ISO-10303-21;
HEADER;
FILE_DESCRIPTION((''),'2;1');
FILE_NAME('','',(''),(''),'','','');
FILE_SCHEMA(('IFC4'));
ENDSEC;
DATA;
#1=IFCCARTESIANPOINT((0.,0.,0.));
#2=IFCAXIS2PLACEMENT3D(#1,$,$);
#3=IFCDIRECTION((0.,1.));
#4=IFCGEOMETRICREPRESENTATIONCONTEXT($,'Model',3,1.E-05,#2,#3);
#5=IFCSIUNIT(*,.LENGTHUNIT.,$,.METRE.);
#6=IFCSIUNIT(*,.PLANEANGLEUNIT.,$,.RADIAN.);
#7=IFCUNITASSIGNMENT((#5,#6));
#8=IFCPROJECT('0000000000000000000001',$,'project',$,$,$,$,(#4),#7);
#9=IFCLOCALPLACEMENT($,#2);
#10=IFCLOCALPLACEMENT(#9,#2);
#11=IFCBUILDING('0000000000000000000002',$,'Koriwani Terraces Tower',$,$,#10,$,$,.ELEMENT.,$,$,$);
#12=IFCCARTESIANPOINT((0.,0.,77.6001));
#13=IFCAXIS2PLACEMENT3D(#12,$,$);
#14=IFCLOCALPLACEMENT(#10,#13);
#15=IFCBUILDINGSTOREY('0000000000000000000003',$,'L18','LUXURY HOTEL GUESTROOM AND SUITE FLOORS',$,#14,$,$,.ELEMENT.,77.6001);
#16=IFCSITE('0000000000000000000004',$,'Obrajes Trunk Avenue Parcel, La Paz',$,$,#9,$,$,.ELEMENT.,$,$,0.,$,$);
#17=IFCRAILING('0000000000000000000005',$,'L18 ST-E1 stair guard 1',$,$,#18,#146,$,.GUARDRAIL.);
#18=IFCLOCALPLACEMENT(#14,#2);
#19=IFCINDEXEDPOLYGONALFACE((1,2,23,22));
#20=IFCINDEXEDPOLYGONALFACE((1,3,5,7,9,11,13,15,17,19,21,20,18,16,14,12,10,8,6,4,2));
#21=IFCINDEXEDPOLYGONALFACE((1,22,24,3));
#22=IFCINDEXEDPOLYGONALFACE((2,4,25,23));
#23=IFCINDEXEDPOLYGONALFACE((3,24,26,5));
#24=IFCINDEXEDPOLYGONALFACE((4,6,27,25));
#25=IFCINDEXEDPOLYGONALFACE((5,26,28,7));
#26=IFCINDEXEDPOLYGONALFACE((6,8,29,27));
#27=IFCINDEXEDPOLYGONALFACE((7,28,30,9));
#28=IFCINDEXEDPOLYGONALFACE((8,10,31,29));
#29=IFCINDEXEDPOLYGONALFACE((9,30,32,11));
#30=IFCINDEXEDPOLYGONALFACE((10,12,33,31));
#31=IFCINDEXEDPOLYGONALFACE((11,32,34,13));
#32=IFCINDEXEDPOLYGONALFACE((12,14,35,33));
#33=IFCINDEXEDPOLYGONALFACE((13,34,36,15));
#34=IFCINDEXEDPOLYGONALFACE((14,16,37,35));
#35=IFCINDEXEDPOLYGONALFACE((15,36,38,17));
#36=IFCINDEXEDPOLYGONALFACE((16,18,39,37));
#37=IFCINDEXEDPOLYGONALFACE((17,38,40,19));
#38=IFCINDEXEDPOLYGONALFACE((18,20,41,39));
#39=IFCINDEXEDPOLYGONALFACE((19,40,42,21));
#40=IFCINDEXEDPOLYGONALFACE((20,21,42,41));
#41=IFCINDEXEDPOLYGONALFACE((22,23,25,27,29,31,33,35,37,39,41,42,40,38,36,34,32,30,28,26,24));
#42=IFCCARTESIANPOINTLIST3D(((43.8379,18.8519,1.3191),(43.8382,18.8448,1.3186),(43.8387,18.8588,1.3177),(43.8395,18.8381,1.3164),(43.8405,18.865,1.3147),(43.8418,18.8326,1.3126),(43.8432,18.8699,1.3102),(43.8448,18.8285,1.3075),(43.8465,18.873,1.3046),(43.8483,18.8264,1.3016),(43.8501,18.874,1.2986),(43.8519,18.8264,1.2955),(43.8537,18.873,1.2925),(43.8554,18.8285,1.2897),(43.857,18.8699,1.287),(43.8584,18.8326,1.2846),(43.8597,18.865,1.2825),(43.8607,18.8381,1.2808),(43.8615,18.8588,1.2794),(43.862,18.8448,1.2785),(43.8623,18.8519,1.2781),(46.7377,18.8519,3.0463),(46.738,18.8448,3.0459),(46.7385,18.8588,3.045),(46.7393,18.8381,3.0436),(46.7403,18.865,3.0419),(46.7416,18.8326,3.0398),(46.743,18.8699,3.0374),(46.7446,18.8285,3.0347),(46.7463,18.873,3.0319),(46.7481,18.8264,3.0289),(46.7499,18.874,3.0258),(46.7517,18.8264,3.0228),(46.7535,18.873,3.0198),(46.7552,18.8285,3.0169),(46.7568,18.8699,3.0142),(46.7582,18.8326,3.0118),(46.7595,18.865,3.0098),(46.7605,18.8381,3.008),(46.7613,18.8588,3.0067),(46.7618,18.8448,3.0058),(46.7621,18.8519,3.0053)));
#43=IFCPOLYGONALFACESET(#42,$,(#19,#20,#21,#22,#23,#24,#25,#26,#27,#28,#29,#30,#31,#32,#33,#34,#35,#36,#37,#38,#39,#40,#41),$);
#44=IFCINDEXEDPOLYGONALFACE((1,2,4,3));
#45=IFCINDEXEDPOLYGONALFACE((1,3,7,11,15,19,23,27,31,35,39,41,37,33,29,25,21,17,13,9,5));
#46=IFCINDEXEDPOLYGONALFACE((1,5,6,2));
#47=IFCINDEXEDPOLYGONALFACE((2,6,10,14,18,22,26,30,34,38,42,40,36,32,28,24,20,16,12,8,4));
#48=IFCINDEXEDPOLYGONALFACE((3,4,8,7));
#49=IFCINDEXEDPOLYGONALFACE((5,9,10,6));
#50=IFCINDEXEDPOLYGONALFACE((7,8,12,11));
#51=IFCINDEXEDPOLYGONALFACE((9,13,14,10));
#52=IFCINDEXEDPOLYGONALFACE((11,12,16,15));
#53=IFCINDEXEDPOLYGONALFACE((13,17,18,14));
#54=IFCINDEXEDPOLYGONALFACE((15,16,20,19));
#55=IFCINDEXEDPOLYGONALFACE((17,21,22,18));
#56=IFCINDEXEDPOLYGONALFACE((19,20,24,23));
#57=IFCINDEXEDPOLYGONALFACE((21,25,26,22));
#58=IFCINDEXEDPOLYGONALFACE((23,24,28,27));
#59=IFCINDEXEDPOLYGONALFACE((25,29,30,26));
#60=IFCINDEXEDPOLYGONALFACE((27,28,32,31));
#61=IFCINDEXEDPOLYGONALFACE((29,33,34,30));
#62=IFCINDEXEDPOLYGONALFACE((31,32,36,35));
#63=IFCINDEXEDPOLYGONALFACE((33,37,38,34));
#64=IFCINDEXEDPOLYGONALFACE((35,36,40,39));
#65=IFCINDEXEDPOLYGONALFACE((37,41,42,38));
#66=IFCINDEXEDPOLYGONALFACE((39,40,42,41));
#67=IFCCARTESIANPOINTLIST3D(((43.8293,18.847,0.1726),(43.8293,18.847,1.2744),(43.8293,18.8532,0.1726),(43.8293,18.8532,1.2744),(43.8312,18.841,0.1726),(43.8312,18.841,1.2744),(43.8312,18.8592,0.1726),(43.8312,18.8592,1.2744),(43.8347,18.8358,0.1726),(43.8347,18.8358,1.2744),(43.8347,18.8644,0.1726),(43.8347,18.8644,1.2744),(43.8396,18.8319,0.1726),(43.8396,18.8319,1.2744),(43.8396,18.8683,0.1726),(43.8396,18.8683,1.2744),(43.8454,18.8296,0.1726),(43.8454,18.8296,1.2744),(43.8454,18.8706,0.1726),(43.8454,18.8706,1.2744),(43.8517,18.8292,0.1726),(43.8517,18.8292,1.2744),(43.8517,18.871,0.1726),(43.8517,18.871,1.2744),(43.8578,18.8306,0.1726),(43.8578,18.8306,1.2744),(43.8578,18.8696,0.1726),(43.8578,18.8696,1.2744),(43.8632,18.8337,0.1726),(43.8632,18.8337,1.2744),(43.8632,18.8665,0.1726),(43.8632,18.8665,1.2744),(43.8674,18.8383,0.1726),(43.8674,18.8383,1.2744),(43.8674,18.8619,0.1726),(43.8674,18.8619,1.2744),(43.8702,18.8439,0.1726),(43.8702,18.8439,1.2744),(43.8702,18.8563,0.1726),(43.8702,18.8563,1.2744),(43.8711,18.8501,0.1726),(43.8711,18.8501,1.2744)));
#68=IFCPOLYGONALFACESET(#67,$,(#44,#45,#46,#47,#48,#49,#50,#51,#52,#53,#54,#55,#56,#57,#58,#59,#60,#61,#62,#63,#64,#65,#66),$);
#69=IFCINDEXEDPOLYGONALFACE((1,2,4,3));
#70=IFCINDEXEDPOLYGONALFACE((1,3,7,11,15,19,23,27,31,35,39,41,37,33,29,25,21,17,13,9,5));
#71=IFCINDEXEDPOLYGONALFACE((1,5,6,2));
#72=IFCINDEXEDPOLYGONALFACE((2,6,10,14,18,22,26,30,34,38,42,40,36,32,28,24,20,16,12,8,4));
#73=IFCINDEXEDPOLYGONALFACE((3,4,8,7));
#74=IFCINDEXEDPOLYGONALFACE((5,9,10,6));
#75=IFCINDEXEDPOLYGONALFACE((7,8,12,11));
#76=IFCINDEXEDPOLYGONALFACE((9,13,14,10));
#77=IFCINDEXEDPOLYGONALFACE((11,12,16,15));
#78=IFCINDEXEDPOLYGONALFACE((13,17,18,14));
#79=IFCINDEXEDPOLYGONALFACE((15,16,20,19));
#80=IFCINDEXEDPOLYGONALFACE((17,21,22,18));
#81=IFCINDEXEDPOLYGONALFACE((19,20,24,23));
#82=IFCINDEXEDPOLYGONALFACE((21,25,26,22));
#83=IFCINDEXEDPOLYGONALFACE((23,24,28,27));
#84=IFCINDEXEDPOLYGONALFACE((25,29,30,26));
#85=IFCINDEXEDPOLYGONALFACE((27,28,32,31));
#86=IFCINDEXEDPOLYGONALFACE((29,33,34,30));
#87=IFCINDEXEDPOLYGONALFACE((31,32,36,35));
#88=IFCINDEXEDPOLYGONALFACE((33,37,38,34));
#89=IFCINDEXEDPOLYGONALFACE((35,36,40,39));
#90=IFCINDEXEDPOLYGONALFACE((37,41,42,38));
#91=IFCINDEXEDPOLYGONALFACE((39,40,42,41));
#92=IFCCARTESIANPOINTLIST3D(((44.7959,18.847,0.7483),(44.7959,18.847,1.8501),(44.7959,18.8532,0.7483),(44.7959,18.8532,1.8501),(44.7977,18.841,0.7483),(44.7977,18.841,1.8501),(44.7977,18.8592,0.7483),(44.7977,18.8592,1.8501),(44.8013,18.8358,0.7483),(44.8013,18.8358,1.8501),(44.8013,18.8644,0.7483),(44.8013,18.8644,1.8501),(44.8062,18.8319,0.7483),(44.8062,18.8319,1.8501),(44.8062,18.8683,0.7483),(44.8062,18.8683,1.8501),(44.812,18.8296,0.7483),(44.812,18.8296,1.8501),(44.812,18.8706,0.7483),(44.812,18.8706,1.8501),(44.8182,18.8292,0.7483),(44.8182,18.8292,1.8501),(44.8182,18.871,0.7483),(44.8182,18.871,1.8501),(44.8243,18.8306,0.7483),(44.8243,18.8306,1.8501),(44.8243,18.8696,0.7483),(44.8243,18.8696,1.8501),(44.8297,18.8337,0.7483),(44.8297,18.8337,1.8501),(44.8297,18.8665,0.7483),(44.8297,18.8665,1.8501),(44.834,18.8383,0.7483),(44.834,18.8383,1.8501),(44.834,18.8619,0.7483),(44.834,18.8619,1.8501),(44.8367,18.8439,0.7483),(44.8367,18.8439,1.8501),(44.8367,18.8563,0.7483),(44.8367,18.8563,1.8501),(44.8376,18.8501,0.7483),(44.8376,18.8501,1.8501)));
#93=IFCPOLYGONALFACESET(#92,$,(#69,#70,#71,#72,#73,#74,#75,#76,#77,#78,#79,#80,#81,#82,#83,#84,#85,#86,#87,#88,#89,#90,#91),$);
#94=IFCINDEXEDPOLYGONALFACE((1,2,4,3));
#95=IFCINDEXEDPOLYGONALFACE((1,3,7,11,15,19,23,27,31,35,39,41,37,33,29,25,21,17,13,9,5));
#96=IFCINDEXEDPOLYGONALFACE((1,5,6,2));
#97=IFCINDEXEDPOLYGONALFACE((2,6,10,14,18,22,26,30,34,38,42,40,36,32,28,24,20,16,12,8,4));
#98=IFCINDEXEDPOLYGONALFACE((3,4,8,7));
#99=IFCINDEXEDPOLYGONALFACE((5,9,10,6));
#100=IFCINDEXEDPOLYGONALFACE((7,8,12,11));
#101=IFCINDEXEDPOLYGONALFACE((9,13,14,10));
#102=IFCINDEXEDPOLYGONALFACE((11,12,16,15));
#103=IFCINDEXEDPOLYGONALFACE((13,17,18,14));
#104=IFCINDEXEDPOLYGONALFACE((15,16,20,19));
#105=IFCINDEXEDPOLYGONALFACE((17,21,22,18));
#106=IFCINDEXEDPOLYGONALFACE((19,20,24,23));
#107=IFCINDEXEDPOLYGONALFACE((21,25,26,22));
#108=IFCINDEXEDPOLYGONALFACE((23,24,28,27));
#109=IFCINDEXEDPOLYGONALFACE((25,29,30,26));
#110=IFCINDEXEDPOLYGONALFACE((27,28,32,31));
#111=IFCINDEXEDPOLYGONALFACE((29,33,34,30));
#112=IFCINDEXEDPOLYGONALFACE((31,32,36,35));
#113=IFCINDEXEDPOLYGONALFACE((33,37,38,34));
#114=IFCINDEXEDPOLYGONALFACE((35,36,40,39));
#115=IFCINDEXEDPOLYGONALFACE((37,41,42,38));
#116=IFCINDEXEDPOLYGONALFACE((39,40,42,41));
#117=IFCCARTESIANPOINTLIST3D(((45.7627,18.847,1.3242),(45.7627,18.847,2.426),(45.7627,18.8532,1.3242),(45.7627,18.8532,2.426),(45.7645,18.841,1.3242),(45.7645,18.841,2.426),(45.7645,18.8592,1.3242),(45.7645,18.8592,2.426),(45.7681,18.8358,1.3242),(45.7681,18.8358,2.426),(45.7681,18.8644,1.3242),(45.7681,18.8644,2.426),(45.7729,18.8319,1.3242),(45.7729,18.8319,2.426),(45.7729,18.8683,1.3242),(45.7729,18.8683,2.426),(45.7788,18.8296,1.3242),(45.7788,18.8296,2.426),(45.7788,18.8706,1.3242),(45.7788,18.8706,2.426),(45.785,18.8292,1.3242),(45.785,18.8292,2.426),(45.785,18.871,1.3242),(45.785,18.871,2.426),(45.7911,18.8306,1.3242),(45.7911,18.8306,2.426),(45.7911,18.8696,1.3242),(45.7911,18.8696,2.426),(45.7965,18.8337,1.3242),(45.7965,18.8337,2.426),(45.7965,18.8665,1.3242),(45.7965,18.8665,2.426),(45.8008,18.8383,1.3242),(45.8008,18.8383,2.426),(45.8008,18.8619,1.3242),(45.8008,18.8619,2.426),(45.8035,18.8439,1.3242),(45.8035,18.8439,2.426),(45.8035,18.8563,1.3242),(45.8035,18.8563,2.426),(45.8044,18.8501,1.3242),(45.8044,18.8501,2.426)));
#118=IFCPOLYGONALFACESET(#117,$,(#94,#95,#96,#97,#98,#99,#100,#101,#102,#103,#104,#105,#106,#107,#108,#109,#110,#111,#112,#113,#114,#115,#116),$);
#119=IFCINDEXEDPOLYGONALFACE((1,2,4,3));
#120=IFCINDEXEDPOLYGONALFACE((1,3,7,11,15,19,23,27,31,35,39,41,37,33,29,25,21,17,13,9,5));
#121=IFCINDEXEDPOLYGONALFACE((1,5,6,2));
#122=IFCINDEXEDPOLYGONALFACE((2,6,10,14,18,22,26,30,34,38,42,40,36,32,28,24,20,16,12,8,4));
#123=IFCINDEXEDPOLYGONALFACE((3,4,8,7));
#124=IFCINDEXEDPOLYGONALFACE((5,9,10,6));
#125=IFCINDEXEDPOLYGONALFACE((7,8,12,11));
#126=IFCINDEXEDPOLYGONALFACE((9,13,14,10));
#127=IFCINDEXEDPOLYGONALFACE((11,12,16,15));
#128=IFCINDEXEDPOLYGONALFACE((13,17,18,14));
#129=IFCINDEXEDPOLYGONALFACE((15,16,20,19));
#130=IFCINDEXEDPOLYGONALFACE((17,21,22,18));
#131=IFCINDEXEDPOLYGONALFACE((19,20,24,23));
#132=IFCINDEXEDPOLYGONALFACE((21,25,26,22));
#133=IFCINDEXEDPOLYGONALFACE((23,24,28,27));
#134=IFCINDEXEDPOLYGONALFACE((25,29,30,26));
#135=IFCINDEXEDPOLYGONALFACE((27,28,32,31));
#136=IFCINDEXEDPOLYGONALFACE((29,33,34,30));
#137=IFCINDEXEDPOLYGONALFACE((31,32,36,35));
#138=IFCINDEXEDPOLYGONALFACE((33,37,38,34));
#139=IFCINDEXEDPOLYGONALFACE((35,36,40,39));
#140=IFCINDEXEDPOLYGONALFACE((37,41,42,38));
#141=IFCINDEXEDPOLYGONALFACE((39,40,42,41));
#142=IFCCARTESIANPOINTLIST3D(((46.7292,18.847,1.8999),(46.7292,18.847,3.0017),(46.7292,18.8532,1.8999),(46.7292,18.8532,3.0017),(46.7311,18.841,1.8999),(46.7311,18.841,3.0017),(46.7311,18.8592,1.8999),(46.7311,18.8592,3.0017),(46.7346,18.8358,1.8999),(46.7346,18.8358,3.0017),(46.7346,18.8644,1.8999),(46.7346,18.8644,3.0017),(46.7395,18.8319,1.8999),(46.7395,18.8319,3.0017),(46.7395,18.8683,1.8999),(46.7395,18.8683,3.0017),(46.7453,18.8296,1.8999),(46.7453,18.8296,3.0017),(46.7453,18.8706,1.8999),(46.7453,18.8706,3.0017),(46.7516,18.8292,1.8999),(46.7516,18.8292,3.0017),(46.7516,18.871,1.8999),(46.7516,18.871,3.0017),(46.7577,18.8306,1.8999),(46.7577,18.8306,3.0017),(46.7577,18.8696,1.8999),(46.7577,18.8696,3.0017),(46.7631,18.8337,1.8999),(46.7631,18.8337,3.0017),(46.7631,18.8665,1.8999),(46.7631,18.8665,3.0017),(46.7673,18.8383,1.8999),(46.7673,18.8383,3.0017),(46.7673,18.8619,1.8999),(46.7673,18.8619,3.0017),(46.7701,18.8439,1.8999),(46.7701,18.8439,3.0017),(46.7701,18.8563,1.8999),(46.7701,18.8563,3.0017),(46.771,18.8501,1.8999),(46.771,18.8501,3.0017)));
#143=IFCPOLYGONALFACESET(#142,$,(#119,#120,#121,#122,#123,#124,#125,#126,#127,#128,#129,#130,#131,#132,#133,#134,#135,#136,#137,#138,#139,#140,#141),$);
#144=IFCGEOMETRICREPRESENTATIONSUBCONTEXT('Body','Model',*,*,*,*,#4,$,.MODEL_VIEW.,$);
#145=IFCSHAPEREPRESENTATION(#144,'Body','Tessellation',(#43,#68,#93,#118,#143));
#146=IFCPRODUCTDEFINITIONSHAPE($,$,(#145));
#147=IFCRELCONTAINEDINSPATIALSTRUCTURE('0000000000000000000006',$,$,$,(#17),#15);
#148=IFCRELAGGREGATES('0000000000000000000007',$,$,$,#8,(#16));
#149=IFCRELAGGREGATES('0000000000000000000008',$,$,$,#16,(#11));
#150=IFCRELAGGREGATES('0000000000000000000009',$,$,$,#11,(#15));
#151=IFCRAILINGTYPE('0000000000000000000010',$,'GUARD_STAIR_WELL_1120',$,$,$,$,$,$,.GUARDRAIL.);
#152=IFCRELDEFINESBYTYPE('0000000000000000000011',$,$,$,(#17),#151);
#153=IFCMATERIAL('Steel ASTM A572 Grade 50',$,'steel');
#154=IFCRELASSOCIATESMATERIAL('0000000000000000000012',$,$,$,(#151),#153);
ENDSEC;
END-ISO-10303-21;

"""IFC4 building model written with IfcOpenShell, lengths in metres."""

from ifc_helpers import new_model, si_unit, direction, frame, origin, origin_2d, place, context, subcontext, project, spatial, circle, extrude, material, type_object, element, save


model = new_model("IFC4")

# Units and contexts
model_context = context("Model", 3, precision=1e-05, world=origin(), true_north=direction((0.0, 1.0)))
body_context = subcontext(model_context, "Body", "Model", "MODEL_VIEW")
ifc_project = project(units=[si_unit("LENGTHUNIT", "METRE"), si_unit("PLANEANGLEUNIT", "RADIAN")], contexts=[model_context])

# Site, building, storey
site_placement = place(None, origin())
site = spatial("IfcSite", under=ifc_project, at=site_placement, Name="Obrajes Trunk Avenue Parcel, La Paz", CompositionType="ELEMENT", RefElevation=0.0)
building_placement = place(site_placement, origin())
building = spatial("IfcBuilding", under=site, at=building_placement, Name="Koriwani Terraces Tower", CompositionType="ELEMENT")
storey_placement = place(building_placement, frame((0.0, 0.0, 77.6001)))
storey = spatial("IfcBuildingStorey", under=building, at=storey_placement, Name="L18", Description="LUXURY HOTEL GUESTROOM AND SUITE FLOORS", CompositionType="ELEMENT", Elevation=77.6001)

# Shared definitions
ifc_material_1 = material(Name="Steel ASTM A572 Grade 50", Category="steel")

# Railing
railing_type_1 = type_object("IfcRailingType", Name="GUARD_STAIR_WELL_1120", PredefinedType="GUARDRAIL", material=ifc_material_1)
railing_1_placement = place(storey_placement, frame((43.8501, 18.8501, 0.1726)))
element("IfcRailing", 1, at=railing_1_placement, inside=storey, type_object=railing_type_1, Name="L18 ST-E1 stair guard 1", PredefinedType="GUARDRAIL", context=body_context, shape_type="SweptSolid", body=[
    extrude(circle(Radius=0.0239, at=origin_2d()), frame((0.0, 0.0, 1.126), z_axis=(0.859141, 0.0, 0.511738), x_axis=(0.0, 1.0, 0.0)), (0.0, 0.0, 1.0), 3.3752),
    extrude(circle(Radius=0.021, at=origin_2d()), origin(), (0.0, 0.0, 1.0), 1.1018),
    extrude(circle(Radius=0.021, at=origin_2d()), frame((0.9666, 0.0, 0.5757)), (0.0, 0.0, 1.0), 1.1018),
    extrude(circle(Radius=0.021, at=origin_2d()), frame((1.9333, 0.0, 1.1516)), (0.0, 0.0, 1.0), 1.1018),
    extrude(circle(Radius=0.021, at=origin_2d()), frame((2.8999, 0.0, 1.7273)), (0.0, 0.0, 1.0), 1.1018),
])

save(model, "model.ifc")
